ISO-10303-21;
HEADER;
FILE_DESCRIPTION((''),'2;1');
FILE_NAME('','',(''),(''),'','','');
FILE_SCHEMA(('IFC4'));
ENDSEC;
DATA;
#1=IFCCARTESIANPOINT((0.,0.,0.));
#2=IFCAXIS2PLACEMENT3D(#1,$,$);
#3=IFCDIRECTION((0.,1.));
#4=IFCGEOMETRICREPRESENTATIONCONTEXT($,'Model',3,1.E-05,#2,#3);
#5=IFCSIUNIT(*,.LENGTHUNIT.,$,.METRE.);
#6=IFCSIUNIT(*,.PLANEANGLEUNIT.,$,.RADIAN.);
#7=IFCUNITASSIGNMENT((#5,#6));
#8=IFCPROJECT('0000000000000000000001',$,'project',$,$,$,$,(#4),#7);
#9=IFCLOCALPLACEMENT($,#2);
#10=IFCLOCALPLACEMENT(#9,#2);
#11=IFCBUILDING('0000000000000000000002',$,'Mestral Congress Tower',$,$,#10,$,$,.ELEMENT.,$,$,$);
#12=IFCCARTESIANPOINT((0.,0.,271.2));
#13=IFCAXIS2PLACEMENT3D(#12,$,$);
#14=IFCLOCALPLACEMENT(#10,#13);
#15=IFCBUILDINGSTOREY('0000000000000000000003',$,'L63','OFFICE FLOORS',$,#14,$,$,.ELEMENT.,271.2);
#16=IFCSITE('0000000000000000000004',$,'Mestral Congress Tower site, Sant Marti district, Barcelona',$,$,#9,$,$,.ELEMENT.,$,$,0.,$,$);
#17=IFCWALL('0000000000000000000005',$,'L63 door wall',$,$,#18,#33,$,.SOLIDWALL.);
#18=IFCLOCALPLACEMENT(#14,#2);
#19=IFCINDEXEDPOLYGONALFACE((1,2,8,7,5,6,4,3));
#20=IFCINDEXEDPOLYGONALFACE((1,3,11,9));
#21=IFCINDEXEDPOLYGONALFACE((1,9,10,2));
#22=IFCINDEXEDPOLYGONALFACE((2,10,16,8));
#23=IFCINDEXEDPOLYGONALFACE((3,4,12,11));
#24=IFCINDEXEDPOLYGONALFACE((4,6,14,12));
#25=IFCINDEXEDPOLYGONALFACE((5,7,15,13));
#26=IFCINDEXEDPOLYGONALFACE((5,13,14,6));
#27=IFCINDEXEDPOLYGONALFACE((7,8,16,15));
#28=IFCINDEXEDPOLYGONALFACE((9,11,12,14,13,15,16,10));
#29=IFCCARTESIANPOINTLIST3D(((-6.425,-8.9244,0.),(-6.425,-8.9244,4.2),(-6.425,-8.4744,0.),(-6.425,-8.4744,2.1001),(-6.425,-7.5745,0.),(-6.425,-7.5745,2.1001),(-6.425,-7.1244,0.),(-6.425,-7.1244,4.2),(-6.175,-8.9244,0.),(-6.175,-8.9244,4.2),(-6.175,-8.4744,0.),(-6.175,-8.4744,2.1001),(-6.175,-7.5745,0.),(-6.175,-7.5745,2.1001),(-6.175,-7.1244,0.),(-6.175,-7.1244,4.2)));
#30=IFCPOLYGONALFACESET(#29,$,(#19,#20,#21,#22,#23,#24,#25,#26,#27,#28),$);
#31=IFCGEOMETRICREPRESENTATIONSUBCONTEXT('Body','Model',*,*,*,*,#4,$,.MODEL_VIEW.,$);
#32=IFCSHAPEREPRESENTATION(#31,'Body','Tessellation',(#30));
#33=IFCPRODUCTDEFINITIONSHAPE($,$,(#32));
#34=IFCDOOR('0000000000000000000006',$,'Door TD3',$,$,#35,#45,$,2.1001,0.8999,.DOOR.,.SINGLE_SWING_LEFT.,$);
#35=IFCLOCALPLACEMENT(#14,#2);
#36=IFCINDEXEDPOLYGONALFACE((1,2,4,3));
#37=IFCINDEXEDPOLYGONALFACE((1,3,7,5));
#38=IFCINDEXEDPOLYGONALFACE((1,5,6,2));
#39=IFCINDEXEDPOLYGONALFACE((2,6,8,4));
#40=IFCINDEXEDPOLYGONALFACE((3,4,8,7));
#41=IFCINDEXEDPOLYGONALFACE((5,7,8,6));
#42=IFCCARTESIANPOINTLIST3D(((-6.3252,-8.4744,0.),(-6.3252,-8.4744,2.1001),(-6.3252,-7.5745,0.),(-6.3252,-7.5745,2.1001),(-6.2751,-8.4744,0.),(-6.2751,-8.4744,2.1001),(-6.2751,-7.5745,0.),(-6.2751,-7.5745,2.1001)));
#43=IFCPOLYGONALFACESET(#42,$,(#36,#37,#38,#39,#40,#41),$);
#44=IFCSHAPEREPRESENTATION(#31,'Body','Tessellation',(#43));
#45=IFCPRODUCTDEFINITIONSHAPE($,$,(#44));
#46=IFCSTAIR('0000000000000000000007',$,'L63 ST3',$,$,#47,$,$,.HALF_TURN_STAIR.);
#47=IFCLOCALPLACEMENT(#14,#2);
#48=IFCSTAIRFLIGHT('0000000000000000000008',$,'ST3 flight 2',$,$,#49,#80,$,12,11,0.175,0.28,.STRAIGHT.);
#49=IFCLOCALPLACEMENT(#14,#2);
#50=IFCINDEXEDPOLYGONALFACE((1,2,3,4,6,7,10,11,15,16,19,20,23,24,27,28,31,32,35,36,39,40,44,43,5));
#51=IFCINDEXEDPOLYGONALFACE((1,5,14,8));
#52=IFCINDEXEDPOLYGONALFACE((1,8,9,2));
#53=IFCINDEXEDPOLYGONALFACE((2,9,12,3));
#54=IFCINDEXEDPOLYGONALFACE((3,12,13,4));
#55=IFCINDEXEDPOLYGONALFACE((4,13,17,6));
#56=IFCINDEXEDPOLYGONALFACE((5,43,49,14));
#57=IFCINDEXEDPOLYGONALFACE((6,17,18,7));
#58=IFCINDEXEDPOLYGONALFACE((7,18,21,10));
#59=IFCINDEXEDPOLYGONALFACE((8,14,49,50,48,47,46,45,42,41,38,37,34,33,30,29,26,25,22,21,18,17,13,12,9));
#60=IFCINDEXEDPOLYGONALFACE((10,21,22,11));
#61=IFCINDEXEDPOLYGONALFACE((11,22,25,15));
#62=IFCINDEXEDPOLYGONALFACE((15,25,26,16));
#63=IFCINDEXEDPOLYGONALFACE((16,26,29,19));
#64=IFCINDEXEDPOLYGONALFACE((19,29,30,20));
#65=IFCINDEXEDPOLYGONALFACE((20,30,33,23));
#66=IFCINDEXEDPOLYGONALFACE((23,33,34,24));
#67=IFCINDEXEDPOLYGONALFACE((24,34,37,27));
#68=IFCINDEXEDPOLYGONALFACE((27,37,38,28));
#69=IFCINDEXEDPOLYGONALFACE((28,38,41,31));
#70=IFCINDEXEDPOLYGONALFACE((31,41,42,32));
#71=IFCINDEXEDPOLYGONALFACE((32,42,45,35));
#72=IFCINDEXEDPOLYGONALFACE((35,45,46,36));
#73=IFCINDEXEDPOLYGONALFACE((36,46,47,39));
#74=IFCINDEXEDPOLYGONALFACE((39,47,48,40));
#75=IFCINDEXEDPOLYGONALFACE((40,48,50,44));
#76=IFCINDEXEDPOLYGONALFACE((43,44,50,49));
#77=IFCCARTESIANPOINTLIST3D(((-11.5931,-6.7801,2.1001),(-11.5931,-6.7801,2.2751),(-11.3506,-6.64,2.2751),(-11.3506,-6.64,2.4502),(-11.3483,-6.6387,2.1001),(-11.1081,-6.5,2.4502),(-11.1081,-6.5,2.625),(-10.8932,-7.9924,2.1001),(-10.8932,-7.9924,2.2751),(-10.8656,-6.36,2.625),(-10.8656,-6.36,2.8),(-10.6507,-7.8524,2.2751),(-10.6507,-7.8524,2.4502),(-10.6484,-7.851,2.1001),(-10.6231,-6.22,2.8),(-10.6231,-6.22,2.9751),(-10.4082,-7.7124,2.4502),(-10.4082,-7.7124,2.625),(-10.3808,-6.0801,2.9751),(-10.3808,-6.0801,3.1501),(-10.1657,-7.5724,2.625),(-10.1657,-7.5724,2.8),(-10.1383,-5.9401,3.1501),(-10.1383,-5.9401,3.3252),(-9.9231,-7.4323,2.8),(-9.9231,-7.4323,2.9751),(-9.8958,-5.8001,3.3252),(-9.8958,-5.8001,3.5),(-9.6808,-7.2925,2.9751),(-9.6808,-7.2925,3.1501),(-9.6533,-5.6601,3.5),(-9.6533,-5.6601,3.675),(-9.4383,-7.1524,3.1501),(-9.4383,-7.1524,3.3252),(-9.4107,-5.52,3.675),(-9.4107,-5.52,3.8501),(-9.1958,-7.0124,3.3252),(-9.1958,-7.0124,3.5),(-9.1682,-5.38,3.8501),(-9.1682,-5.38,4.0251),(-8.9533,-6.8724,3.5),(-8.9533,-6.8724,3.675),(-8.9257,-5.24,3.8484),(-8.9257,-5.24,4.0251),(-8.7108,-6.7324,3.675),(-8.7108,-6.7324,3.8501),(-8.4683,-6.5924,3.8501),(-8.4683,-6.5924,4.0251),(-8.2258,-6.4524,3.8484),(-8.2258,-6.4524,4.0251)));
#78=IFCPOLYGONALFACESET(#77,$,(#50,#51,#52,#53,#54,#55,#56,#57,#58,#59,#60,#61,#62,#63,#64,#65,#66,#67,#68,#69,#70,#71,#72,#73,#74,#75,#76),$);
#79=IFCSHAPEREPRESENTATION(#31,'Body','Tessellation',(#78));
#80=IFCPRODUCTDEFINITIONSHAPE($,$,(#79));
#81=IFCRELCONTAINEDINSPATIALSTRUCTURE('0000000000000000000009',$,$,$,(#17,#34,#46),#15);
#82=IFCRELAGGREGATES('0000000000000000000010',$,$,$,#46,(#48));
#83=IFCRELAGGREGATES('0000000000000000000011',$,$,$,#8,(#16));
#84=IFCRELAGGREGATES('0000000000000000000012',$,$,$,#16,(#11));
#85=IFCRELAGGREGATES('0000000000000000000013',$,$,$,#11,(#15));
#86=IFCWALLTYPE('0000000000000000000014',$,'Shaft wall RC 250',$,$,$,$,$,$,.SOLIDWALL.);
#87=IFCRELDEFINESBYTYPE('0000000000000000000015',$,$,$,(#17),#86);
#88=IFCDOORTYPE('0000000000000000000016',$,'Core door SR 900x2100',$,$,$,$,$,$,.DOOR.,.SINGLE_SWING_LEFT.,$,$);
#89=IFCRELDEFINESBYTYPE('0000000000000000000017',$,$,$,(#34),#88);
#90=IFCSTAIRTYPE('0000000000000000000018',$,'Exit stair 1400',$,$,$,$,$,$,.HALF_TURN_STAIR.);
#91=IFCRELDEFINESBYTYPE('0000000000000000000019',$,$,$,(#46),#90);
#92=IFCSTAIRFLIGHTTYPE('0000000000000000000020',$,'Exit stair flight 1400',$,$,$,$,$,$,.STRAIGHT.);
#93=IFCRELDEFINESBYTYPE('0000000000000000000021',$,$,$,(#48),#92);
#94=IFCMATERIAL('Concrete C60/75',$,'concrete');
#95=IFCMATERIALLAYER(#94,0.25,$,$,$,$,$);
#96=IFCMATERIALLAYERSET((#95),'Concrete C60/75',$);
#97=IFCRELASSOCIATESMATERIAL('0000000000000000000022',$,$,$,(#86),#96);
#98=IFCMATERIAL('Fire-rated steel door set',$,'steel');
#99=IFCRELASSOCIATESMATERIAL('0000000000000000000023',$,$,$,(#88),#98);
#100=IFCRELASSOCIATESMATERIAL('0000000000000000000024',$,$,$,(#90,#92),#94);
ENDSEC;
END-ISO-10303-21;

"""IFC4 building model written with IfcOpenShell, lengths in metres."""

from ifc_helpers import new_model, si_unit, direction, frame, frame_2d, origin, place, context, subcontext, project, spatial, polyline, rectangle, outline, extrude, material, layer, layer_set, type_object, element, fill, aggregate, save


model = new_model("IFC4")

# Units and contexts
model_context = context("Model", 3, precision=1e-05, world=origin(), true_north=direction((0.0, 1.0)))
body_context = subcontext(model_context, "Body", "Model", "MODEL_VIEW")
ifc_project = project(units=[si_unit("LENGTHUNIT", "METRE"), si_unit("PLANEANGLEUNIT", "RADIAN")], contexts=[model_context])

# Site, building, storey
site_placement = place(None, origin())
site = spatial("IfcSite", under=ifc_project, at=site_placement, Name="Mestral Congress Tower site, Sant Marti district, Barcelona", CompositionType="ELEMENT", RefElevation=0.0)
building_placement = place(site_placement, origin())
building = spatial("IfcBuilding", under=site, at=building_placement, Name="Mestral Congress Tower", CompositionType="ELEMENT")
storey_placement = place(building_placement, frame((0.0, 0.0, 271.2)))
storey = spatial("IfcBuildingStorey", under=building, at=storey_placement, Name="L63", Description="OFFICE FLOORS", CompositionType="ELEMENT", Elevation=271.2)

# Shared definitions
ifc_material_1 = material(Name="Concrete C60/75", Category="concrete")

# Shared definitions
ifc_layer_1 = layer(ifc_material_1, 0.25)
ifc_layer_set_1 = layer_set([ifc_layer_1], Name="Concrete C60/75")
wall_type_1 = type_object("IfcWallType", Name="Shaft wall RC 250", PredefinedType="SOLIDWALL", material=ifc_layer_set_1)

# Wall, opening, door
wall_1_placement = place(storey_placement, frame((-6.3, -7.1245, 0.0), z_axis=(0.0, 0.0, 1.0), x_axis=(0.0, -1.0, 0.0)))
wall_1 = element("IfcWall", 1, at=wall_1_placement, inside=storey, type_object=wall_type_1, Name="L63 door wall", PredefinedType="SOLIDWALL", context=body_context, shape_type="SweptSolid", body=[
    extrude(rectangle(XDim=1.8, YDim=0.25, at=frame_2d((0.8999, 0.0))), origin(), (0.0, 0.0, 1.0), 4.2),
])
opening_1_placement = place(wall_1_placement, frame((0.45, 0.0, 0.0)))
opening_1 = element("IfcOpeningElement", 2, at=opening_1_placement, cuts=wall_1, PredefinedType="OPENING", context=body_context, shape_type="SweptSolid", body=[
    extrude(rectangle(XDim=0.8999, YDim=2.1001, at=frame_2d((0.45, 1.05))), frame((0.0, 0.135, 0.0), z_axis=(0.0, -1.0, 0.0), x_axis=(1.0, 0.0, 0.0)), (0.0, 0.0, 1.0), 0.27),
])
ifc_material_2 = material(Name="Fire-rated steel door set", Category="steel")
door_type_1 = type_object("IfcDoorType", Name="Core door SR 900x2100", OperationType="SINGLE_SWING_LEFT", PredefinedType="DOOR", material=ifc_material_2)
door_1_placement = place(opening_1_placement, origin())
door_1 = element("IfcDoor", 3, at=door_1_placement, inside=storey, type_object=door_type_1, Name="Door TD3", OperationType="SINGLE_SWING_LEFT", OverallHeight=2.1001, OverallWidth=0.8999, PredefinedType="DOOR", context=body_context, shape_type="SweptSolid", body=[
    extrude(rectangle(XDim=0.8999, YDim=2.1001, at=frame_2d((0.45, 1.05))), frame((0.0, 0.0249, 0.0), z_axis=(0.0, -1.0, 0.0), x_axis=(1.0, 0.0, 0.0)), (0.0, 0.0, 1.0), 0.05),
])
fill(opening_1, door_1)

# Stair, stair flight
stair_type = type_object("IfcStairType", Name="Exit stair 1400", PredefinedType="HALF_TURN_STAIR", material=ifc_material_1)
stair_placement = place(storey_placement, origin())
stair = element("IfcStair", 4, at=stair_placement, inside=storey, type_object=stair_type, Name="L63 ST3", PredefinedType="HALF_TURN_STAIR")
stair_flight_type = type_object("IfcStairFlightType", Name="Exit stair flight 1400", PredefinedType="STRAIGHT", material=ifc_material_1)
stair_flight_placement = place(storey_placement, frame((-11.2432, -7.3862, 2.1001), z_axis=(0.0, 0.0, 1.0), x_axis=(0.866025, 0.5, 0.0)))
stair_flight = element("IfcStairFlight", 5, at=stair_flight_placement, type_object=stair_flight_type, Name="ST3 flight 2", NumberOfRisers=12, NumberOfTreads=11, PredefinedType="STRAIGHT", RiserHeight=0.175, TreadLength=0.28, context=body_context, shape_type="SweptSolid", body=[
    extrude(outline(polyline([(0.0, 0.0), (0.0, 0.175), (0.28, 0.175), (0.28, 0.3501), (0.5601, 0.3501), (0.5601, 0.5249), (0.8401, 0.5249), (0.8401, 0.7), (1.1201, 0.7), (1.1201, 0.875), (1.3999, 0.875), (1.3999, 1.05), (1.6799, 1.05), (1.6799, 1.2251), (1.96, 1.2251), (1.96, 1.3999), (2.24, 1.3999), (2.24, 1.575), (2.52, 1.575), (2.52, 1.75), (2.8, 1.75), (2.8, 1.925), (3.0801, 1.925), (3.0801, 2.1001), (3.0801, 1.7483), (0.2827, 0.0), (0.0, 0.0)])), frame((0.0, 0.7, 0.0), z_axis=(0.0, -1.0, 0.0), x_axis=(1.0, 0.0, 0.0)), (0.0, 0.0, 1.0), 1.3999),
])
aggregate(stair, [stair_flight])

save(model, "model.ifc")
